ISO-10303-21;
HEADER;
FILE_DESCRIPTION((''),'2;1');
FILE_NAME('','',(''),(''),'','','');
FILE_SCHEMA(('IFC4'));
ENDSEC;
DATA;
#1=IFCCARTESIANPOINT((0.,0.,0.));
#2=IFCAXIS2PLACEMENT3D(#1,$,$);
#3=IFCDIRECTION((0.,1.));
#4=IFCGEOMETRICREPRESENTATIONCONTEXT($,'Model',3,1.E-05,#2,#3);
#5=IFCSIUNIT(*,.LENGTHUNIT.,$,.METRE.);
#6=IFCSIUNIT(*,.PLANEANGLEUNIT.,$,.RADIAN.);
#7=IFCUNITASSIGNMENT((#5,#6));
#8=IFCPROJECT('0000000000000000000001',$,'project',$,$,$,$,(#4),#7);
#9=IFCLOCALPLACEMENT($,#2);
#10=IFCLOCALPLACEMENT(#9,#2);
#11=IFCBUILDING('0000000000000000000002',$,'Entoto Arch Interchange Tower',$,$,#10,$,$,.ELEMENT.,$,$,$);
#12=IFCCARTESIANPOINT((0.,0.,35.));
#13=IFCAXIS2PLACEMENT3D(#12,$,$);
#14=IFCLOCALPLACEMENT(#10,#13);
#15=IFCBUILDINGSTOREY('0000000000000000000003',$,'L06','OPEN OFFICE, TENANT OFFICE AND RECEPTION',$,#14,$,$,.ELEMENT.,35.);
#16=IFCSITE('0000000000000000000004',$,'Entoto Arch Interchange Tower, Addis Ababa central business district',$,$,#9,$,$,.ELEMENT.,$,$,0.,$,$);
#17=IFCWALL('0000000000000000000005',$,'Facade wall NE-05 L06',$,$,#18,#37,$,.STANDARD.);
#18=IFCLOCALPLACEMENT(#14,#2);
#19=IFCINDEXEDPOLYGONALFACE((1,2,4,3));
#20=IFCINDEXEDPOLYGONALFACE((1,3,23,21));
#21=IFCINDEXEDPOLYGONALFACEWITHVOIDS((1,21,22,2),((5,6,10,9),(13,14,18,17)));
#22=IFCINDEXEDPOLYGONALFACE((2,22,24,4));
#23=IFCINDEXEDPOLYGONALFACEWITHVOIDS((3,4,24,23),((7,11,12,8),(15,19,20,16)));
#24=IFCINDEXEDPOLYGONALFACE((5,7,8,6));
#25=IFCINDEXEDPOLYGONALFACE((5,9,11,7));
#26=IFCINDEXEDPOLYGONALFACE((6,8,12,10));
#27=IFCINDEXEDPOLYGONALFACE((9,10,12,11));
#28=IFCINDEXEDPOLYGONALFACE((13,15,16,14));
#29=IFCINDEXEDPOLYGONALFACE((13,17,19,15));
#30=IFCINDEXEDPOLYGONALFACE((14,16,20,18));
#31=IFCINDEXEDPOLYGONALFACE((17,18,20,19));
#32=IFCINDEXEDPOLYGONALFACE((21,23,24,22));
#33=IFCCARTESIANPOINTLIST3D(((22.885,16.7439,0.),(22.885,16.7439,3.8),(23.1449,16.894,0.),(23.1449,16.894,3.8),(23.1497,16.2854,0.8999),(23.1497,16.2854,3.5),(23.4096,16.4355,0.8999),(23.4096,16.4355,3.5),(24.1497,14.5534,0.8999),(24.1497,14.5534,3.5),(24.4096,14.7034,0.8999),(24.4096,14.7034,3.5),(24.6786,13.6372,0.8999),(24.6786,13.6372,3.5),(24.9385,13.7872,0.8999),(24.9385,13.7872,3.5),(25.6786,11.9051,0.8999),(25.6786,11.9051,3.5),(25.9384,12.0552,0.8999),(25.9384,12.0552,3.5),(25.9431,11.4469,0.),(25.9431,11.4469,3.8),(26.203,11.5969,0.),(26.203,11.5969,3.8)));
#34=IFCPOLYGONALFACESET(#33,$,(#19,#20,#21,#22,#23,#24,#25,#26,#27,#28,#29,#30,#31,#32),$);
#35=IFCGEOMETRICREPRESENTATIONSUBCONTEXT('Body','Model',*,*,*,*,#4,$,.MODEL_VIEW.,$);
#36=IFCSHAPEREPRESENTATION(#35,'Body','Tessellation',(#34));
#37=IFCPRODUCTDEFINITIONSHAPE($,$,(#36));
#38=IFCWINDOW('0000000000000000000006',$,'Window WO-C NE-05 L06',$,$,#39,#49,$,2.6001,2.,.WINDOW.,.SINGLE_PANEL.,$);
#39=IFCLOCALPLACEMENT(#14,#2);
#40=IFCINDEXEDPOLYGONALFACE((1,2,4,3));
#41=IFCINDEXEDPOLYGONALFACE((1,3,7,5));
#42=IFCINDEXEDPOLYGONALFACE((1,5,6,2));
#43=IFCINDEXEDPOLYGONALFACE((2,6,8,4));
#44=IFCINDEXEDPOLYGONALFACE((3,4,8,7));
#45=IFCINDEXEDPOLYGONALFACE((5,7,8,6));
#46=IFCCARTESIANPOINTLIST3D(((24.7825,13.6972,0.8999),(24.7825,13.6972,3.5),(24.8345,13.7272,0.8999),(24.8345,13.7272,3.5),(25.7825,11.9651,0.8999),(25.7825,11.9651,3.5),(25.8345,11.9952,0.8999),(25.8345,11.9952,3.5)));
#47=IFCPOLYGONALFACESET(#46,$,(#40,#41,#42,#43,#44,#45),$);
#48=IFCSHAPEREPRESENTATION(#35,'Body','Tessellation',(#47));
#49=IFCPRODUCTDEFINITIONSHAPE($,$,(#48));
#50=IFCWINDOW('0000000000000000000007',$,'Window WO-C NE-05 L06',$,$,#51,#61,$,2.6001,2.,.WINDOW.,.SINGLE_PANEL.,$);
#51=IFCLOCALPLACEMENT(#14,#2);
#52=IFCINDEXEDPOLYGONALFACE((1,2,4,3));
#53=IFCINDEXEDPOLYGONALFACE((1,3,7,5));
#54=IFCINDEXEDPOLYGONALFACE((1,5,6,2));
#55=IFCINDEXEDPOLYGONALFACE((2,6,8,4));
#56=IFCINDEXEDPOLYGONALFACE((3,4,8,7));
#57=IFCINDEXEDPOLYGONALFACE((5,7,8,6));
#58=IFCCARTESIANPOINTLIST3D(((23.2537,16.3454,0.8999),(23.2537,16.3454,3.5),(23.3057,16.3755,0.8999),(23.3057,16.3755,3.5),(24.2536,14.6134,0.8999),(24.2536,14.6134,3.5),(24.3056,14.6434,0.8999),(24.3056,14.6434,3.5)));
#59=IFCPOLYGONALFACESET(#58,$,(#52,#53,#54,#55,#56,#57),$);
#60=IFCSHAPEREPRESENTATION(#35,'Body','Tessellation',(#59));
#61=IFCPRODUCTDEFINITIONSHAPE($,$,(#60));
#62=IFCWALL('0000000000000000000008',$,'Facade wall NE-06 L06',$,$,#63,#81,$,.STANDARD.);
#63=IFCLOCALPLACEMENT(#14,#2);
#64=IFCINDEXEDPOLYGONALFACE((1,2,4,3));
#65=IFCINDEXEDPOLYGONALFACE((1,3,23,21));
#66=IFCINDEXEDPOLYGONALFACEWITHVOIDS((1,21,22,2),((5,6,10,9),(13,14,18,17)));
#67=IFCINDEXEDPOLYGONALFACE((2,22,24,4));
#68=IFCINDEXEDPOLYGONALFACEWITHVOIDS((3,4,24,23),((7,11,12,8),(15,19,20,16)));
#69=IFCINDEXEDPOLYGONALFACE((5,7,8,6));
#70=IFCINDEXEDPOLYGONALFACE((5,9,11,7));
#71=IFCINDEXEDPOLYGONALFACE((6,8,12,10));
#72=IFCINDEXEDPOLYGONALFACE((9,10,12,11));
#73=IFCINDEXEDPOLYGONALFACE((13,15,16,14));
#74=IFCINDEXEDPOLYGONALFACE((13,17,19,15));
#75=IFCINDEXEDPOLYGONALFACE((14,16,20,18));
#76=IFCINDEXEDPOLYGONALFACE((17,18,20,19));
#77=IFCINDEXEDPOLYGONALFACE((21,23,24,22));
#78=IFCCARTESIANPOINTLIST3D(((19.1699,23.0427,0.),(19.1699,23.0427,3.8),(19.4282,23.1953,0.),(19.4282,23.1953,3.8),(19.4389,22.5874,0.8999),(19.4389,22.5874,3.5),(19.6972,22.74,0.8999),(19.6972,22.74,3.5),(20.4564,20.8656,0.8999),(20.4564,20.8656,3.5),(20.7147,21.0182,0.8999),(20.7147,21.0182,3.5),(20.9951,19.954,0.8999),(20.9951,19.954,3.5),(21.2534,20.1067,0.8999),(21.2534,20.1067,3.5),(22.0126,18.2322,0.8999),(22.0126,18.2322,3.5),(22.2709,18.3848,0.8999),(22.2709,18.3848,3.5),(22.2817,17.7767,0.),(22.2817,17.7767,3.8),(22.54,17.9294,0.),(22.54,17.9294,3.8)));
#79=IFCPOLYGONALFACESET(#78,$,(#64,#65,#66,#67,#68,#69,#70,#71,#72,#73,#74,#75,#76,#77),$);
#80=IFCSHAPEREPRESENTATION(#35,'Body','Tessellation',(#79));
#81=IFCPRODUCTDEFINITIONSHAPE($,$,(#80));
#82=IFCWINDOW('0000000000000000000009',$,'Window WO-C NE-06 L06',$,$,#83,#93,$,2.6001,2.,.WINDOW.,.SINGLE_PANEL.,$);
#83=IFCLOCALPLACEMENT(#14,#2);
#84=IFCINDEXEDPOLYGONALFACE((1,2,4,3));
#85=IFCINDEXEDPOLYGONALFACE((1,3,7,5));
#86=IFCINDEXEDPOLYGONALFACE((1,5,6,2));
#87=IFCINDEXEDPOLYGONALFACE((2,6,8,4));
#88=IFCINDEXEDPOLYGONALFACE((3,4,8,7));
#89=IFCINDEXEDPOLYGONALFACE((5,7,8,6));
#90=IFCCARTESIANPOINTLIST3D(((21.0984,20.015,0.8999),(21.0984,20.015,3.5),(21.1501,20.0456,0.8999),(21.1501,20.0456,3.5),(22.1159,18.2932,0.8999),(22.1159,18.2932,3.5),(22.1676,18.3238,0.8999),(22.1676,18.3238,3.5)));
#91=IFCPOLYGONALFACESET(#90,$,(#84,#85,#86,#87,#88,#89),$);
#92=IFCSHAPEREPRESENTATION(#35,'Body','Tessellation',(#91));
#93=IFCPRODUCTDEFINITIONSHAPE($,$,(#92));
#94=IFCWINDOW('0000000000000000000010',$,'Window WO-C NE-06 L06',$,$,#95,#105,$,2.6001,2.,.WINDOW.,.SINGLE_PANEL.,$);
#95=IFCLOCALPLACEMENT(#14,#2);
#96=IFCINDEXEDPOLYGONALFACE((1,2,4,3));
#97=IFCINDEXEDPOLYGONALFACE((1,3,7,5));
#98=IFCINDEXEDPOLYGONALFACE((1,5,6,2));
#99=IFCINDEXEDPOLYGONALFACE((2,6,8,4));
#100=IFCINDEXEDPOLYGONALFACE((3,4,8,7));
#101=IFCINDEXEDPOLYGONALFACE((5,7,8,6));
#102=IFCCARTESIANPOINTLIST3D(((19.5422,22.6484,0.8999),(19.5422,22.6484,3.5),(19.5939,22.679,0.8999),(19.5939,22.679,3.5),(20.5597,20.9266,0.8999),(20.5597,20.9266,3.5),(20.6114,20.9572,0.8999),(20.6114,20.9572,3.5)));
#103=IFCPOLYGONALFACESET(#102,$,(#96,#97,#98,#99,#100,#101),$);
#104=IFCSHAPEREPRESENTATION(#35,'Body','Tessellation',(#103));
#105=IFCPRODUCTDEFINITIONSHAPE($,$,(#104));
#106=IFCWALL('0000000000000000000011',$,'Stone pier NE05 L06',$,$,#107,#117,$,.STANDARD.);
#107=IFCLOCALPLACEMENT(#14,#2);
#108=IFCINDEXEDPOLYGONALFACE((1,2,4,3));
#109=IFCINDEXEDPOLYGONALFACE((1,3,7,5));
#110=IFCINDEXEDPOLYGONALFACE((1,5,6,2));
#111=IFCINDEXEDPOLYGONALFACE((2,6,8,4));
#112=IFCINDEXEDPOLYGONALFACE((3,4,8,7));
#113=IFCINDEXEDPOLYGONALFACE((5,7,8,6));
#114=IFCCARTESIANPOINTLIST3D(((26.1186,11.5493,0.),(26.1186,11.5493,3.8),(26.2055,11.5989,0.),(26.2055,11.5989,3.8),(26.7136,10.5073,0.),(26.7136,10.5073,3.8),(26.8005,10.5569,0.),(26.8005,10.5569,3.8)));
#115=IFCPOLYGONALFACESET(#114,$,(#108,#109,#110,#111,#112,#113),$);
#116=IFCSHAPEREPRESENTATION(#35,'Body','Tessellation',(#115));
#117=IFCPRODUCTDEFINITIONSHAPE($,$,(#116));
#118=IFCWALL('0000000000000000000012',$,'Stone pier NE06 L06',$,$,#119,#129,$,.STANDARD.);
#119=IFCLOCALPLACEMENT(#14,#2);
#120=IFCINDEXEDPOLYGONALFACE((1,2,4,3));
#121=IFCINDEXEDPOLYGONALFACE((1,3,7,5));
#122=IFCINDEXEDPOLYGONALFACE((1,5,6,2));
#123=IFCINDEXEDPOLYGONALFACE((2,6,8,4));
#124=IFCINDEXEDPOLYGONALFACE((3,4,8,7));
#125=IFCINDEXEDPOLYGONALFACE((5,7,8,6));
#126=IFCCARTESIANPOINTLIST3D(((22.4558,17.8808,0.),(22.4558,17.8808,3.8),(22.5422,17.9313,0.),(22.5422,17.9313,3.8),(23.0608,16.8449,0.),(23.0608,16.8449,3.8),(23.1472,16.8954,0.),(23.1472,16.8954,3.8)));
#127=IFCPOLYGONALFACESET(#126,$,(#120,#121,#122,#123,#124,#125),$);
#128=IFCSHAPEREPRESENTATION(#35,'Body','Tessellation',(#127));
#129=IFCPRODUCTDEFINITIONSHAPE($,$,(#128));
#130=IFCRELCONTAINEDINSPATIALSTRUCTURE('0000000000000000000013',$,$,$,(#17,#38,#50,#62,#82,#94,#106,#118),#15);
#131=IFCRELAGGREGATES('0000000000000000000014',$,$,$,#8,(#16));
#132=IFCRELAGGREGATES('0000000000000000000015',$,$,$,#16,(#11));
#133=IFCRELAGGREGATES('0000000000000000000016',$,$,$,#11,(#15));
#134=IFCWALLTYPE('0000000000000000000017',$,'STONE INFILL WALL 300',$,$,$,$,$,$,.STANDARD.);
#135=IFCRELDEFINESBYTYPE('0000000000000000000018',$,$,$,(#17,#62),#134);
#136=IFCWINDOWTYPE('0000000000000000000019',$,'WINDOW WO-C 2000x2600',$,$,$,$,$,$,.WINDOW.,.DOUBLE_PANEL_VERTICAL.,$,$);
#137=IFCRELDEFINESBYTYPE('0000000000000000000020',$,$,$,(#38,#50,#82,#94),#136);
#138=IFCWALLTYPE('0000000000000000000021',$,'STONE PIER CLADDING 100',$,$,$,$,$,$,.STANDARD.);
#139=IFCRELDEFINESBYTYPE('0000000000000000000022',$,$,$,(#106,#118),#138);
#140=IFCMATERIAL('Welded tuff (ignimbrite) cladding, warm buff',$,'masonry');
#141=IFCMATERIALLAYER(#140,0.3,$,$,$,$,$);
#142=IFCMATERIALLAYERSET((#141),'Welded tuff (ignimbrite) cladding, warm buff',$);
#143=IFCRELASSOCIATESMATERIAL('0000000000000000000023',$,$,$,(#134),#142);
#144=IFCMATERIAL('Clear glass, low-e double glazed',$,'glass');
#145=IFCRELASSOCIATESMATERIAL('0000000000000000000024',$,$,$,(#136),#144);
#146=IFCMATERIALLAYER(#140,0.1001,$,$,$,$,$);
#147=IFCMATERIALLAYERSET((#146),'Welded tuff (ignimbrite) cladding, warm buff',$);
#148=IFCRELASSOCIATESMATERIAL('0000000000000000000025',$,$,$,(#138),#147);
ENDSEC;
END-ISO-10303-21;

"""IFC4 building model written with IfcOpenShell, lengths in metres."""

from ifc_helpers import new_model, si_unit, direction, frame, frame_2d, origin, place, context, subcontext, project, spatial, rectangle, extrude, material, layer, layer_set, type_object, element, fill, save


model = new_model("IFC4")

# Units and contexts
model_context = context("Model", 3, precision=1e-05, world=origin(), true_north=direction((0.0, 1.0)))
body_context = subcontext(model_context, "Body", "Model", "MODEL_VIEW")
ifc_project = project(units=[si_unit("LENGTHUNIT", "METRE"), si_unit("PLANEANGLEUNIT", "RADIAN")], contexts=[model_context])

# Site, building, storey
site_placement = place(None, origin())
site = spatial("IfcSite", under=ifc_project, at=site_placement, Name="Entoto Arch Interchange Tower, Addis Ababa central business district", CompositionType="ELEMENT", RefElevation=0.0)
building_placement = place(site_placement, origin())
building = spatial("IfcBuilding", under=site, at=building_placement, Name="Entoto Arch Interchange Tower", CompositionType="ELEMENT")
storey_placement = place(building_placement, frame((0.0, 0.0, 35.0)))
storey = spatial("IfcBuildingStorey", under=building, at=storey_placement, Name="L06", Description="OPEN OFFICE, TENANT OFFICE AND RECEPTION", CompositionType="ELEMENT", Elevation=35.0)

# Walls, openings, windows
ifc_material_1 = material(Name="Welded tuff (ignimbrite) cladding, warm buff", Category="masonry")
ifc_layer_1 = layer(ifc_material_1, 0.3)
ifc_layer_set_1 = layer_set([ifc_layer_1], Name="Welded tuff (ignimbrite) cladding, warm buff")
wall_type_1 = type_object("IfcWallType", Name="STONE INFILL WALL 300", PredefinedType="STANDARD", material=ifc_layer_set_1)
wall_1_placement = place(storey_placement, frame((26.073, 11.522, 0.0), z_axis=(0.0, 0.0, 1.0), x_axis=(-0.499977, 0.866039, 0.0)))
wall_1 = element("IfcWall", 1, at=wall_1_placement, inside=storey, type_object=wall_type_1, Name="Facade wall NE-05 L06", PredefinedType="STANDARD", context=body_context, shape_type="SweptSolid", body=[
    extrude(rectangle(XDim=6.1165, YDim=0.3, at=frame_2d((3.0581, 0.0))), origin(), (0.0, 0.0, 1.0), 3.8),
])
opening_1_placement = place(wall_1_placement, frame((0.5291, 0.0, 0.8999)))
opening_1 = element("IfcOpeningElement", 2, at=opening_1_placement, cuts=wall_1, PredefinedType="OPENING", context=body_context, shape_type="SweptSolid", body=[
    extrude(rectangle(XDim=2.0, YDim=2.6001, at=frame_2d((1.0, 1.3))), frame((0.0, 0.1602, 0.0), z_axis=(0.0, -1.0, 0.0), x_axis=(1.0, 0.0, 0.0)), (0.0, 0.0, 1.0), 0.3201),
])
opening_2_placement = place(wall_1_placement, frame((3.5869, 0.0, 0.8999)))
opening_2 = element("IfcOpeningElement", 3, at=opening_2_placement, cuts=wall_1, PredefinedType="OPENING", context=body_context, shape_type="SweptSolid", body=[
    extrude(rectangle(XDim=2.0, YDim=2.6001, at=frame_2d((1.0, 1.3))), frame((0.0, 0.1602, 0.0), z_axis=(0.0, -1.0, 0.0), x_axis=(1.0, 0.0, 0.0)), (0.0, 0.0, 1.0), 0.3201),
])
ifc_material_2 = material(Name="Clear glass, low-e double glazed", Category="glass")
window_type = type_object("IfcWindowType", Name="WINDOW WO-C 2000x2600", PartitioningType="DOUBLE_PANEL_VERTICAL", PredefinedType="WINDOW", material=ifc_material_2)
window_1_placement = place(opening_1_placement, origin())
window_1 = element("IfcWindow", 4, at=window_1_placement, inside=storey, type_object=window_type, Name="Window WO-C NE-05 L06", OverallHeight=2.6001, OverallWidth=2.0, PartitioningType="SINGLE_PANEL", PredefinedType="WINDOW", context=body_context, shape_type="SweptSolid", body=[
    extrude(rectangle(XDim=2.0, YDim=2.6001, at=frame_2d((1.0, 1.3))), frame((0.0, 0.03, 0.0), z_axis=(0.0, -1.0, 0.0), x_axis=(1.0, 0.0, 0.0)), (0.0, 0.0, 1.0), 0.0601),
])
fill(opening_1, window_1)
window_2_placement = place(opening_2_placement, origin())
window_2 = element("IfcWindow", 5, at=window_2_placement, inside=storey, type_object=window_type, Name="Window WO-C NE-05 L06", OverallHeight=2.6001, OverallWidth=2.0, PartitioningType="SINGLE_PANEL", PredefinedType="WINDOW", context=body_context, shape_type="SweptSolid", body=[
    extrude(rectangle(XDim=2.0, YDim=2.6001, at=frame_2d((1.0, 1.3))), frame((0.0, 0.03, 0.0), z_axis=(0.0, -1.0, 0.0), x_axis=(1.0, 0.0, 0.0)), (0.0, 0.0, 1.0), 0.0601),
])
fill(opening_2, window_2)
wall_2_placement = place(storey_placement, frame((22.4109, 17.853, 0.0), z_axis=(0.0, 0.0, 1.0), x_axis=(-0.508749, 0.860915, 0.0)))
wall_2 = element("IfcWall", 6, at=wall_2_placement, inside=storey, type_object=wall_type_1, Name="Facade wall NE-06 L06", PredefinedType="STANDARD", context=body_context, shape_type="SweptSolid", body=[
    extrude(rectangle(XDim=6.1167, YDim=0.3, at=frame_2d((3.0583, 0.0))), origin(), (0.0, 0.0, 1.0), 3.8),
])
opening_3_placement = place(wall_2_placement, frame((0.5291, 0.0, 0.8999)))
opening_3 = element("IfcOpeningElement", 7, at=opening_3_placement, cuts=wall_2, PredefinedType="OPENING", context=body_context, shape_type="SweptSolid", body=[
    extrude(rectangle(XDim=2.0, YDim=2.6001, at=frame_2d((1.0, 1.3))), frame((0.0, 0.1602, 0.0), z_axis=(0.0, -1.0, 0.0), x_axis=(1.0, 0.0, 0.0)), (0.0, 0.0, 1.0), 0.3201),
])
opening_4_placement = place(wall_2_placement, frame((3.5879, 0.0, 0.8999)))
opening_4 = element("IfcOpeningElement", 8, at=opening_4_placement, cuts=wall_2, PredefinedType="OPENING", context=body_context, shape_type="SweptSolid", body=[
    extrude(rectangle(XDim=2.0, YDim=2.6001, at=frame_2d((1.0, 1.3))), frame((0.0, 0.1602, 0.0), z_axis=(0.0, -1.0, 0.0), x_axis=(1.0, 0.0, 0.0)), (0.0, 0.0, 1.0), 0.3201),
])
window_3_placement = place(opening_3_placement, origin())
window_3 = element("IfcWindow", 9, at=window_3_placement, inside=storey, type_object=window_type, Name="Window WO-C NE-06 L06", OverallHeight=2.6001, OverallWidth=2.0, PartitioningType="SINGLE_PANEL", PredefinedType="WINDOW", context=body_context, shape_type="SweptSolid", body=[
    extrude(rectangle(XDim=2.0, YDim=2.6001, at=frame_2d((1.0, 1.3))), frame((0.0, 0.03, 0.0), z_axis=(0.0, -1.0, 0.0), x_axis=(1.0, 0.0, 0.0)), (0.0, 0.0, 1.0), 0.0601),
])
fill(opening_3, window_3)
window_4_placement = place(opening_4_placement, origin())
window_4 = element("IfcWindow", 10, at=window_4_placement, inside=storey, type_object=window_type, Name="Window WO-C NE-06 L06", OverallHeight=2.6001, OverallWidth=2.0, PartitioningType="SINGLE_PANEL", PredefinedType="WINDOW", context=body_context, shape_type="SweptSolid", body=[
    extrude(rectangle(XDim=2.0, YDim=2.6001, at=frame_2d((1.0, 1.3))), frame((0.0, 0.03, 0.0), z_axis=(0.0, -1.0, 0.0), x_axis=(1.0, 0.0, 0.0)), (0.0, 0.0, 1.0), 0.0601),
])
fill(opening_4, window_4)

# Walls
ifc_layer_2 = layer(ifc_material_1, 0.1001)
ifc_layer_set_2 = layer_set([ifc_layer_2], Name="Welded tuff (ignimbrite) cladding, warm buff")
wall_type_2 = type_object("IfcWallType", Name="STONE PIER CLADDING 100", PredefinedType="STANDARD", material=ifc_layer_set_2)
wall_3_placement = place(storey_placement, frame((26.7571, 10.532, 0.0), z_axis=(0.0, 0.0, 1.0), x_axis=(-0.495854, 0.868406, 0.0)))
element("IfcWall", 11, at=wall_3_placement, inside=storey, type_object=wall_type_2, Name="Stone pier NE05 L06", PredefinedType="STANDARD", context=body_context, shape_type="SweptSolid", body=[
    extrude(rectangle(XDim=1.2, YDim=0.1001, at=frame_2d((0.6001, 0.0))), origin(), (0.0, 0.0, 1.0), 3.8),
])
wall_4_placement = place(storey_placement, frame((23.104, 16.8701, 0.0), z_axis=(0.0, 0.0, 1.0), x_axis=(-0.504314, 0.86352, 0.0)))
element("IfcWall", 12, at=wall_4_placement, inside=storey, type_object=wall_type_2, Name="Stone pier NE06 L06", PredefinedType="STANDARD", context=body_context, shape_type="SweptSolid", body=[
    extrude(rectangle(XDim=1.1997, YDim=0.1001, at=frame_2d((0.5999, 0.0))), origin(), (0.0, 0.0, 1.0), 3.8),
])

save(model, "model.ifc")
